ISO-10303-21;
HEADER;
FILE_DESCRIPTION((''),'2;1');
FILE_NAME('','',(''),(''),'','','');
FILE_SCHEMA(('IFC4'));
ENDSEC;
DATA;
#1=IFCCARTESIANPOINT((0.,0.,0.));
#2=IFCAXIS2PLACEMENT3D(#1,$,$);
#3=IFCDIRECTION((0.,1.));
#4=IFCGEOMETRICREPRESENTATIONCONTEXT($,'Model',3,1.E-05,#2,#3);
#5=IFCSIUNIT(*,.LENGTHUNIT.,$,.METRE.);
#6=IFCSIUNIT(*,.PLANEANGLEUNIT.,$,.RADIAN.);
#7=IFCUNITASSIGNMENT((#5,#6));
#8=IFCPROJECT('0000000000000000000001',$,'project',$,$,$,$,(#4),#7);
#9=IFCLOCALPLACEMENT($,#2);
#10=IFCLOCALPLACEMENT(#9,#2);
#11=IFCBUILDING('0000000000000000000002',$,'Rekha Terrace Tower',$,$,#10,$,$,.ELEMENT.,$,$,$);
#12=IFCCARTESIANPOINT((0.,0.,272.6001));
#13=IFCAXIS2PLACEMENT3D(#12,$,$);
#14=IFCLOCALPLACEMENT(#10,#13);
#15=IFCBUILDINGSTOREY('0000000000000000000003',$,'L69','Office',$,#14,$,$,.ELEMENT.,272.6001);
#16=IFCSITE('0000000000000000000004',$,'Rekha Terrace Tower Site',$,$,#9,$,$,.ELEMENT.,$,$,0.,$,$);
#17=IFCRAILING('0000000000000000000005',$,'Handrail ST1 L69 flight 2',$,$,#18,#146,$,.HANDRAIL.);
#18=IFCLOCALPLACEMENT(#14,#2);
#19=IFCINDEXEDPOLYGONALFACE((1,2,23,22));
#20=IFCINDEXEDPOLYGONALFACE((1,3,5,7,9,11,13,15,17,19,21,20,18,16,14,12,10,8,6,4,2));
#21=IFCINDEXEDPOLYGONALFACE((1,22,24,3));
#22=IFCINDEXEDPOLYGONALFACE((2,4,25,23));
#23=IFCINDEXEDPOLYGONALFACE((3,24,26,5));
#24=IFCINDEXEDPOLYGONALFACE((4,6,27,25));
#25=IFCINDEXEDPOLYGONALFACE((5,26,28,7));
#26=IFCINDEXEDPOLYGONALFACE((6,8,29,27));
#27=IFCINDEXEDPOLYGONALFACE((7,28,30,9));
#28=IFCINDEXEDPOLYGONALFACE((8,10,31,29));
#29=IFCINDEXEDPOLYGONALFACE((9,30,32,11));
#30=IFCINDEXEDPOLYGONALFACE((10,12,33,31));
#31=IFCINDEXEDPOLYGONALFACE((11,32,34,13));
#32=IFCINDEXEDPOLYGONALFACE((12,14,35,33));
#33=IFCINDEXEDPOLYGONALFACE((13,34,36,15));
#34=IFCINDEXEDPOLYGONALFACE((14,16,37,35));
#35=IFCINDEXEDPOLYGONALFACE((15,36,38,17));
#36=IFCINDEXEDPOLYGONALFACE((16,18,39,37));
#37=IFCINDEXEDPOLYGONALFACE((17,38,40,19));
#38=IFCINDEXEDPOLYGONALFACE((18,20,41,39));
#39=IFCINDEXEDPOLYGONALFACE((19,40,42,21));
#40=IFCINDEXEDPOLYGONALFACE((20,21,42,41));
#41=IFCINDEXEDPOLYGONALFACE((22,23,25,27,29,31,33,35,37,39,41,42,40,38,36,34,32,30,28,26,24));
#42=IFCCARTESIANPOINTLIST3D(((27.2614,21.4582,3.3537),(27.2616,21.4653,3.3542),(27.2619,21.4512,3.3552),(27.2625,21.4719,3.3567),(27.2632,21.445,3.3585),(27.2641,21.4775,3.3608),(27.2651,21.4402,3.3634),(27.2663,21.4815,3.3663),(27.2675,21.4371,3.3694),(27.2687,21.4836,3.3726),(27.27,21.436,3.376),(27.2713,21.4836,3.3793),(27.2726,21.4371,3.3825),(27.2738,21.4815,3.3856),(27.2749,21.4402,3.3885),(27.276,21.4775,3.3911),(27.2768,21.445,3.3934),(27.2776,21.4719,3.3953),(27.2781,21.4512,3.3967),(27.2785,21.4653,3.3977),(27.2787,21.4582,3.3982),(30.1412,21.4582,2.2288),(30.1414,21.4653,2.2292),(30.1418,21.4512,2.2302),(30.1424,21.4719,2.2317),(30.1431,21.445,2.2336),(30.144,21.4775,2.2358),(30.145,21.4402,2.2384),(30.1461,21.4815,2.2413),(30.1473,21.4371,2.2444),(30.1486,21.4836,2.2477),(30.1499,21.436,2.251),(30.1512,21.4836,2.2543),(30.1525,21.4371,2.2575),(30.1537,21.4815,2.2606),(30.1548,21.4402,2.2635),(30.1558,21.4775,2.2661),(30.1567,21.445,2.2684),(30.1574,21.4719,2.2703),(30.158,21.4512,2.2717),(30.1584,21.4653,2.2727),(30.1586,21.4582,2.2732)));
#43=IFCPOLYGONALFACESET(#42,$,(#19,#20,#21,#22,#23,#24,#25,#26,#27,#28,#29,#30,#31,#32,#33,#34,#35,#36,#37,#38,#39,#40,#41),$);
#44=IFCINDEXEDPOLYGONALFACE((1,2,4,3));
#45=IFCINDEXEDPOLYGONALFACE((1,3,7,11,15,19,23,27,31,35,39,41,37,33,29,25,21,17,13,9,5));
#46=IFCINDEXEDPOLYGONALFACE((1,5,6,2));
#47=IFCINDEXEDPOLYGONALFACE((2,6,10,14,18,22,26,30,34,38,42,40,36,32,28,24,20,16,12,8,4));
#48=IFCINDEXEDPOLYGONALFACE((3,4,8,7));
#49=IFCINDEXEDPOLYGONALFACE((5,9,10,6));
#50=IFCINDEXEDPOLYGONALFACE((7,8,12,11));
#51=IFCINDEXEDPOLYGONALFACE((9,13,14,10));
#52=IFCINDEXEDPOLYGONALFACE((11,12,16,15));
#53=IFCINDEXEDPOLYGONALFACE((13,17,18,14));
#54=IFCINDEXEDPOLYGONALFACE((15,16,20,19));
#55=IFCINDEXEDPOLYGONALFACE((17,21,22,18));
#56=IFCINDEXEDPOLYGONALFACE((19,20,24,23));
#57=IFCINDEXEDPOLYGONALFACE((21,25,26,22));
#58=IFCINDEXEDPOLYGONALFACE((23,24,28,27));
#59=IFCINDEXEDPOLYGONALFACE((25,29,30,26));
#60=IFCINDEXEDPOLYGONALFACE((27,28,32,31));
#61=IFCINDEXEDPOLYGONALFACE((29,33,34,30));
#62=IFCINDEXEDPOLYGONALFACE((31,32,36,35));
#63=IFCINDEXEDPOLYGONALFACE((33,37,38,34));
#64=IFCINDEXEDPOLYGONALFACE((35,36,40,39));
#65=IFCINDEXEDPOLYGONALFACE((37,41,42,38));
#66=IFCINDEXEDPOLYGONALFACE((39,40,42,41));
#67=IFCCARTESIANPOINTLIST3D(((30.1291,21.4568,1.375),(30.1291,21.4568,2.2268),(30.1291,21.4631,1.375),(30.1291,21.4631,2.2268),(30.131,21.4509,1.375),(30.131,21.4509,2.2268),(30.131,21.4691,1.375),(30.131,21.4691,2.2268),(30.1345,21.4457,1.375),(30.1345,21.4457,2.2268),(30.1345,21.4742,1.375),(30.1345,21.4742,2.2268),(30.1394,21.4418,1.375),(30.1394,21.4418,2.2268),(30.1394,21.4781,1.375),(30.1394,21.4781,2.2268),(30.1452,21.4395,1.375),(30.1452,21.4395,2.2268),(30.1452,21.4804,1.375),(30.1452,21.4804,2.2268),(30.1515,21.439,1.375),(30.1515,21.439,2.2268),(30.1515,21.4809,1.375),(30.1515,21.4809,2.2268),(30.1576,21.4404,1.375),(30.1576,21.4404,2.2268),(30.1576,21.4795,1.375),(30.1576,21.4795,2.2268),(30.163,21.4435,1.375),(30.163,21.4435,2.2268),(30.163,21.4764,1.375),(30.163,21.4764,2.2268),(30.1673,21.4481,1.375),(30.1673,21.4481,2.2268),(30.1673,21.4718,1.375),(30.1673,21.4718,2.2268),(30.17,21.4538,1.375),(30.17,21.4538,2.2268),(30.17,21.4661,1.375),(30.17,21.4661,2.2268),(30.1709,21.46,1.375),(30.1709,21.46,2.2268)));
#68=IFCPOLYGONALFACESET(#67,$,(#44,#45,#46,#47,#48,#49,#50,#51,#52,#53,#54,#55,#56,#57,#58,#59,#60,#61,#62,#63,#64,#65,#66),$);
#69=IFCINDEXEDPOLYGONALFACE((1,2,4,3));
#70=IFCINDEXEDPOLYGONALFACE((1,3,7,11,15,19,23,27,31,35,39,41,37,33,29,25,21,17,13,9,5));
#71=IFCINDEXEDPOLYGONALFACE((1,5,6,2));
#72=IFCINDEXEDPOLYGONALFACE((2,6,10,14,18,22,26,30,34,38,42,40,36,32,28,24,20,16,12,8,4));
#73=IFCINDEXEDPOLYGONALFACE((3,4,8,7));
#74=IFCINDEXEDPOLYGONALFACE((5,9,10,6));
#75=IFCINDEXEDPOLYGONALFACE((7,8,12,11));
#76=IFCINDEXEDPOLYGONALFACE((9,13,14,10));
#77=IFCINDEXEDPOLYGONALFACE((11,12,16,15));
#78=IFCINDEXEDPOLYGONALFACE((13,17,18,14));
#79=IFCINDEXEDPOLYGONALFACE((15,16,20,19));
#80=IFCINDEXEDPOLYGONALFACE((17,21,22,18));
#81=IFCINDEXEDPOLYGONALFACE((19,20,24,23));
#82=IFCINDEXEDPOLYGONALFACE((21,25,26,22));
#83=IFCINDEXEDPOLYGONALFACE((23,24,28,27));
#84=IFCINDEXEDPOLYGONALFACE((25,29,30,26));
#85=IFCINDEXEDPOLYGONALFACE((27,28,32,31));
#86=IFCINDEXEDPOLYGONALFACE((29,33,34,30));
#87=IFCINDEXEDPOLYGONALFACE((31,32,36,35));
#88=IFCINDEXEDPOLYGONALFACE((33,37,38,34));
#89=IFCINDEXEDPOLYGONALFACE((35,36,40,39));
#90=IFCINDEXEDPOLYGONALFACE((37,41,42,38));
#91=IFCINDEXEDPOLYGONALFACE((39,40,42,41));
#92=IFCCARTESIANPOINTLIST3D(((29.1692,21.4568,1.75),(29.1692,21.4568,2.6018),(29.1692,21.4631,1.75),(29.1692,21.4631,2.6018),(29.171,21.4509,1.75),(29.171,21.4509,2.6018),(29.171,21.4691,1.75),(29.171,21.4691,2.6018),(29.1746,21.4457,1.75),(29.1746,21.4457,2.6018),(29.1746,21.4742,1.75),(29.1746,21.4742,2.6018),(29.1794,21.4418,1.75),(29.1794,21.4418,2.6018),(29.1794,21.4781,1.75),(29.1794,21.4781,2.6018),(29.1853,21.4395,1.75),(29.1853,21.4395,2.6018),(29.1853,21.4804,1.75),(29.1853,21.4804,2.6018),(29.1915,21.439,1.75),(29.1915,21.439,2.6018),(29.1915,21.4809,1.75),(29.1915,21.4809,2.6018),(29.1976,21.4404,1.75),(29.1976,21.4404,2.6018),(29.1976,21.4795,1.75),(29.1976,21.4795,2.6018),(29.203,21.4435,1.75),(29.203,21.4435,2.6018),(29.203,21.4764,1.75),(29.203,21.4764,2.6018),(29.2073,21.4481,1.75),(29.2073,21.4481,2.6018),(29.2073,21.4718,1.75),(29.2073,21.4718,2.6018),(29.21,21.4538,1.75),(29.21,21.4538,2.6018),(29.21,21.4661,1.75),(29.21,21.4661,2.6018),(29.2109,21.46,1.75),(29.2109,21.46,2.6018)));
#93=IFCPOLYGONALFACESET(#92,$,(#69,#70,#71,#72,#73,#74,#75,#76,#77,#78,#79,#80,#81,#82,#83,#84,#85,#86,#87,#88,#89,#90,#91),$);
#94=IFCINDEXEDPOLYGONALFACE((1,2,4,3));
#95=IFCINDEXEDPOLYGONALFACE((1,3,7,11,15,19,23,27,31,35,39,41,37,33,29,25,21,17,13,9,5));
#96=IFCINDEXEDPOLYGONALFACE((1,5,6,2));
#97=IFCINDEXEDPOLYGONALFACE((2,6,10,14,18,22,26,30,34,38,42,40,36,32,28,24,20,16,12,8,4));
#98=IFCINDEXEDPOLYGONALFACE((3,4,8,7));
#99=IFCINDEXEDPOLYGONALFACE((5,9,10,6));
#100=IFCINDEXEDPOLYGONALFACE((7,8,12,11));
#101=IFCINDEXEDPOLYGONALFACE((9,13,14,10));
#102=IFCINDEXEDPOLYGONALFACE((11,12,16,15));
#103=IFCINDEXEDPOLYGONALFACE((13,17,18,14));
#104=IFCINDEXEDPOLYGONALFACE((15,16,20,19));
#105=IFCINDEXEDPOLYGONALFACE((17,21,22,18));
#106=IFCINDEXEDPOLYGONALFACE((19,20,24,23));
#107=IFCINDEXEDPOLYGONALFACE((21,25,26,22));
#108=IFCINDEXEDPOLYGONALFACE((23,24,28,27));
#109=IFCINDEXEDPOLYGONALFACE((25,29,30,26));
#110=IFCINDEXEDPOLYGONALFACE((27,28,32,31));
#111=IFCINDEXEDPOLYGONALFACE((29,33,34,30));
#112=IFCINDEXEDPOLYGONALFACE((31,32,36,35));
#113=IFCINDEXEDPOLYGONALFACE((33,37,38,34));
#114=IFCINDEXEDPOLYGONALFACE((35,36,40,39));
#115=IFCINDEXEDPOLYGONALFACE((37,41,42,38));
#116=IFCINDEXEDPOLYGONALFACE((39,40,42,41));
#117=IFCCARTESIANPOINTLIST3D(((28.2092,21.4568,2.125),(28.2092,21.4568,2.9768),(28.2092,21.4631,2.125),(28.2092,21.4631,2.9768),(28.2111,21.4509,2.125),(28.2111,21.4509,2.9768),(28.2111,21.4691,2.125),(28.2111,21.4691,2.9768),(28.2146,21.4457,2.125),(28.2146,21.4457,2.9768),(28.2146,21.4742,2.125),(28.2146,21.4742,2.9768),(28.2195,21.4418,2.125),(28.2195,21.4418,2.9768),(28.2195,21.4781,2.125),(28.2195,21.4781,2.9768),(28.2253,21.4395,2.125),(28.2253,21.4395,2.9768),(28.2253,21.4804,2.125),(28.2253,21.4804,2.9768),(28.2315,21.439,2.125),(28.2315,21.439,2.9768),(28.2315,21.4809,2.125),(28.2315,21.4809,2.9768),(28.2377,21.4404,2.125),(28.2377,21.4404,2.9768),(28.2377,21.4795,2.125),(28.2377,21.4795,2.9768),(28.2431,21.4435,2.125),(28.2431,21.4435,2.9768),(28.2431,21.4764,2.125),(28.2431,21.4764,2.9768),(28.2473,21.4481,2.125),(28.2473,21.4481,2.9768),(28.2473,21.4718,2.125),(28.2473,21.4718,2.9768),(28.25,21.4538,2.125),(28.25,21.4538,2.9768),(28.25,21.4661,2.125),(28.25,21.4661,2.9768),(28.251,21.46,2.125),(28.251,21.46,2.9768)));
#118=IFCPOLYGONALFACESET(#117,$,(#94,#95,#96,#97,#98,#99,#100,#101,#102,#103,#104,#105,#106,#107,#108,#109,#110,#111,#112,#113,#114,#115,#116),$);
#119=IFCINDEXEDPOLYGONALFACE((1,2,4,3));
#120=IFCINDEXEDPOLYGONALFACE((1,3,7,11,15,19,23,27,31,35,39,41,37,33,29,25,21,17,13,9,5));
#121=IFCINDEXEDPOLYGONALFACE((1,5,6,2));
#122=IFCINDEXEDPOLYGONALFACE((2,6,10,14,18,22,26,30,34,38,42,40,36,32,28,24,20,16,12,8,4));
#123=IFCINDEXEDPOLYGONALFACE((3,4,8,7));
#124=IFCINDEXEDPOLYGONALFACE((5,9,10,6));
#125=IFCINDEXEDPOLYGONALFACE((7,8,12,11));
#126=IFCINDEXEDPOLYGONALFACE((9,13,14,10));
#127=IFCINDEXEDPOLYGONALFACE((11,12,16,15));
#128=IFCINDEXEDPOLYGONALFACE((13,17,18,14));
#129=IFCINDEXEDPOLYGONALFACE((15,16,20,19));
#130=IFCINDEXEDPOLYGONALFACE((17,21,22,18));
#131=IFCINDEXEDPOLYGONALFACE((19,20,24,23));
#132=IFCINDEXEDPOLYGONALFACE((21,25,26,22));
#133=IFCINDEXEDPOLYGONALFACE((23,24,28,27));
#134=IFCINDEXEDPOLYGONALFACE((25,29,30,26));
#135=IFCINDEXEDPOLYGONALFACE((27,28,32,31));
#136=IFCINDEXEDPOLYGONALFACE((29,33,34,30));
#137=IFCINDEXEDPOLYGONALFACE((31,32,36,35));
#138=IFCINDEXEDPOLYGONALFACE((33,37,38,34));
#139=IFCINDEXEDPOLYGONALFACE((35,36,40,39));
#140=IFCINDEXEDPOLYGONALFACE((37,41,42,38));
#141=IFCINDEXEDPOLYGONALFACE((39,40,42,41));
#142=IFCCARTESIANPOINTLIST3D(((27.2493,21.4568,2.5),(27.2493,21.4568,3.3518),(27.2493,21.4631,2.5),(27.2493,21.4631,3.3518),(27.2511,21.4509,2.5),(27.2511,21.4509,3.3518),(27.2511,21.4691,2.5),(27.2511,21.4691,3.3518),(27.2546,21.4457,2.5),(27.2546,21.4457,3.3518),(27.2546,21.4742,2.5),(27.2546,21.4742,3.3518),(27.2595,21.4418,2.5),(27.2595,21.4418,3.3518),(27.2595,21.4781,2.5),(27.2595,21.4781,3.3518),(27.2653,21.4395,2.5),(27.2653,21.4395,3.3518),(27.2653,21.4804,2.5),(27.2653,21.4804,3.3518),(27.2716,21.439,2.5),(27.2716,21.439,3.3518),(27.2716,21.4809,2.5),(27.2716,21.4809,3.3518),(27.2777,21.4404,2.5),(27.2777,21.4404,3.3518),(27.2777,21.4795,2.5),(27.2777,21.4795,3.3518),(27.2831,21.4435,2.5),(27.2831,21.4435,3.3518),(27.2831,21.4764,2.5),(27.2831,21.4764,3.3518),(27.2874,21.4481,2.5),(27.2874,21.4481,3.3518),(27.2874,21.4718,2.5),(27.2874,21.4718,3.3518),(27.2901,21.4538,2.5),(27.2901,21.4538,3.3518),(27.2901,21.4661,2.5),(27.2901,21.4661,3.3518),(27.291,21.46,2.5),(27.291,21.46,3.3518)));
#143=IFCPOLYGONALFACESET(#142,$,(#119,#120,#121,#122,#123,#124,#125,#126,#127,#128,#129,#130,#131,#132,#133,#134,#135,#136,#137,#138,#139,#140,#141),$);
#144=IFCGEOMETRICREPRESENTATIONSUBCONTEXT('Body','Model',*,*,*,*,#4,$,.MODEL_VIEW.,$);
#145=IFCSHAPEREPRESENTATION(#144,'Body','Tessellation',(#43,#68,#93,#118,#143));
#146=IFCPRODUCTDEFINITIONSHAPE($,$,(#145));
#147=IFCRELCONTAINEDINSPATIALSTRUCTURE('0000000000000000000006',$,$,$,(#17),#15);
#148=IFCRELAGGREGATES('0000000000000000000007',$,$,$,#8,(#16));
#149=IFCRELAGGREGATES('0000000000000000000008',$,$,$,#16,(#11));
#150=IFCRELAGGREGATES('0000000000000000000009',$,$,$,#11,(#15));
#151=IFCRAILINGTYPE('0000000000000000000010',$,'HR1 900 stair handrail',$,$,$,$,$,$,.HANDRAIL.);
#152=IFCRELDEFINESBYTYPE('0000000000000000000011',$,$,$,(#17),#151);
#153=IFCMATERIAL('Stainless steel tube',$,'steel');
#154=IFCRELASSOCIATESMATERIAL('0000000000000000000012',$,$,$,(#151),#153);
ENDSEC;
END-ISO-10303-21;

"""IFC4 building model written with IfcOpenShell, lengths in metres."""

from ifc_helpers import new_model, si_unit, direction, frame, origin, origin_2d, place, context, subcontext, project, spatial, circle, extrude, material, type_object, element, save


model = new_model("IFC4")

# Units and contexts
model_context = context("Model", 3, precision=1e-05, world=origin(), true_north=direction((0.0, 1.0)))
body_context = subcontext(model_context, "Body", "Model", "MODEL_VIEW")
ifc_project = project(units=[si_unit("LENGTHUNIT", "METRE"), si_unit("PLANEANGLEUNIT", "RADIAN")], contexts=[model_context])

# Site, building, storey
site_placement = place(None, origin())
site = spatial("IfcSite", under=ifc_project, at=site_placement, Name="Rekha Terrace Tower Site", CompositionType="ELEMENT", RefElevation=0.0)
building_placement = place(site_placement, origin())
building = spatial("IfcBuilding", under=site, at=building_placement, Name="Rekha Terrace Tower", CompositionType="ELEMENT")
storey_placement = place(building_placement, frame((0.0, 0.0, 272.6001)))
storey = spatial("IfcBuildingStorey", under=building, at=storey_placement, Name="L69", Description="Office", CompositionType="ELEMENT", Elevation=272.6001)

# Railing
ifc_material_1 = material(Name="Stainless steel tube", Category="steel")
railing_type_1 = type_object("IfcRailingType", Name="HR1 900 stair handrail", PredefinedType="HANDRAIL", material=ifc_material_1)
railing_1_placement = place(storey_placement, frame((30.1499, 21.46, 1.375)))
element("IfcRailing", 1, at=railing_1_placement, inside=storey, type_object=railing_type_1, Name="Handrail ST1 L69 flight 2", PredefinedType="HANDRAIL", context=body_context, shape_type="SweptSolid", body=[
    extrude(circle(Radius=0.0239, at=origin_2d()), frame((0.0, 0.0, 0.876), z_axis=(-0.931452, 0.0, 0.363863), x_axis=(0.0, -1.0, 0.0)), (0.0, 0.0, 1.0), 3.0918),
    extrude(circle(Radius=0.021, at=origin_2d()), origin(), (0.0, 0.0, 1.0), 0.8518),
    extrude(circle(Radius=0.021, at=origin_2d()), frame((-0.96, 0.0, 0.375)), (0.0, 0.0, 1.0), 0.8518),
    extrude(circle(Radius=0.021, at=origin_2d()), frame((-1.9199, 0.0, 0.75)), (0.0, 0.0, 1.0), 0.8518),
    extrude(circle(Radius=0.021, at=origin_2d()), frame((-2.8799, 0.0, 1.125)), (0.0, 0.0, 1.0), 0.8518),
])

save(model, "model.ifc")
